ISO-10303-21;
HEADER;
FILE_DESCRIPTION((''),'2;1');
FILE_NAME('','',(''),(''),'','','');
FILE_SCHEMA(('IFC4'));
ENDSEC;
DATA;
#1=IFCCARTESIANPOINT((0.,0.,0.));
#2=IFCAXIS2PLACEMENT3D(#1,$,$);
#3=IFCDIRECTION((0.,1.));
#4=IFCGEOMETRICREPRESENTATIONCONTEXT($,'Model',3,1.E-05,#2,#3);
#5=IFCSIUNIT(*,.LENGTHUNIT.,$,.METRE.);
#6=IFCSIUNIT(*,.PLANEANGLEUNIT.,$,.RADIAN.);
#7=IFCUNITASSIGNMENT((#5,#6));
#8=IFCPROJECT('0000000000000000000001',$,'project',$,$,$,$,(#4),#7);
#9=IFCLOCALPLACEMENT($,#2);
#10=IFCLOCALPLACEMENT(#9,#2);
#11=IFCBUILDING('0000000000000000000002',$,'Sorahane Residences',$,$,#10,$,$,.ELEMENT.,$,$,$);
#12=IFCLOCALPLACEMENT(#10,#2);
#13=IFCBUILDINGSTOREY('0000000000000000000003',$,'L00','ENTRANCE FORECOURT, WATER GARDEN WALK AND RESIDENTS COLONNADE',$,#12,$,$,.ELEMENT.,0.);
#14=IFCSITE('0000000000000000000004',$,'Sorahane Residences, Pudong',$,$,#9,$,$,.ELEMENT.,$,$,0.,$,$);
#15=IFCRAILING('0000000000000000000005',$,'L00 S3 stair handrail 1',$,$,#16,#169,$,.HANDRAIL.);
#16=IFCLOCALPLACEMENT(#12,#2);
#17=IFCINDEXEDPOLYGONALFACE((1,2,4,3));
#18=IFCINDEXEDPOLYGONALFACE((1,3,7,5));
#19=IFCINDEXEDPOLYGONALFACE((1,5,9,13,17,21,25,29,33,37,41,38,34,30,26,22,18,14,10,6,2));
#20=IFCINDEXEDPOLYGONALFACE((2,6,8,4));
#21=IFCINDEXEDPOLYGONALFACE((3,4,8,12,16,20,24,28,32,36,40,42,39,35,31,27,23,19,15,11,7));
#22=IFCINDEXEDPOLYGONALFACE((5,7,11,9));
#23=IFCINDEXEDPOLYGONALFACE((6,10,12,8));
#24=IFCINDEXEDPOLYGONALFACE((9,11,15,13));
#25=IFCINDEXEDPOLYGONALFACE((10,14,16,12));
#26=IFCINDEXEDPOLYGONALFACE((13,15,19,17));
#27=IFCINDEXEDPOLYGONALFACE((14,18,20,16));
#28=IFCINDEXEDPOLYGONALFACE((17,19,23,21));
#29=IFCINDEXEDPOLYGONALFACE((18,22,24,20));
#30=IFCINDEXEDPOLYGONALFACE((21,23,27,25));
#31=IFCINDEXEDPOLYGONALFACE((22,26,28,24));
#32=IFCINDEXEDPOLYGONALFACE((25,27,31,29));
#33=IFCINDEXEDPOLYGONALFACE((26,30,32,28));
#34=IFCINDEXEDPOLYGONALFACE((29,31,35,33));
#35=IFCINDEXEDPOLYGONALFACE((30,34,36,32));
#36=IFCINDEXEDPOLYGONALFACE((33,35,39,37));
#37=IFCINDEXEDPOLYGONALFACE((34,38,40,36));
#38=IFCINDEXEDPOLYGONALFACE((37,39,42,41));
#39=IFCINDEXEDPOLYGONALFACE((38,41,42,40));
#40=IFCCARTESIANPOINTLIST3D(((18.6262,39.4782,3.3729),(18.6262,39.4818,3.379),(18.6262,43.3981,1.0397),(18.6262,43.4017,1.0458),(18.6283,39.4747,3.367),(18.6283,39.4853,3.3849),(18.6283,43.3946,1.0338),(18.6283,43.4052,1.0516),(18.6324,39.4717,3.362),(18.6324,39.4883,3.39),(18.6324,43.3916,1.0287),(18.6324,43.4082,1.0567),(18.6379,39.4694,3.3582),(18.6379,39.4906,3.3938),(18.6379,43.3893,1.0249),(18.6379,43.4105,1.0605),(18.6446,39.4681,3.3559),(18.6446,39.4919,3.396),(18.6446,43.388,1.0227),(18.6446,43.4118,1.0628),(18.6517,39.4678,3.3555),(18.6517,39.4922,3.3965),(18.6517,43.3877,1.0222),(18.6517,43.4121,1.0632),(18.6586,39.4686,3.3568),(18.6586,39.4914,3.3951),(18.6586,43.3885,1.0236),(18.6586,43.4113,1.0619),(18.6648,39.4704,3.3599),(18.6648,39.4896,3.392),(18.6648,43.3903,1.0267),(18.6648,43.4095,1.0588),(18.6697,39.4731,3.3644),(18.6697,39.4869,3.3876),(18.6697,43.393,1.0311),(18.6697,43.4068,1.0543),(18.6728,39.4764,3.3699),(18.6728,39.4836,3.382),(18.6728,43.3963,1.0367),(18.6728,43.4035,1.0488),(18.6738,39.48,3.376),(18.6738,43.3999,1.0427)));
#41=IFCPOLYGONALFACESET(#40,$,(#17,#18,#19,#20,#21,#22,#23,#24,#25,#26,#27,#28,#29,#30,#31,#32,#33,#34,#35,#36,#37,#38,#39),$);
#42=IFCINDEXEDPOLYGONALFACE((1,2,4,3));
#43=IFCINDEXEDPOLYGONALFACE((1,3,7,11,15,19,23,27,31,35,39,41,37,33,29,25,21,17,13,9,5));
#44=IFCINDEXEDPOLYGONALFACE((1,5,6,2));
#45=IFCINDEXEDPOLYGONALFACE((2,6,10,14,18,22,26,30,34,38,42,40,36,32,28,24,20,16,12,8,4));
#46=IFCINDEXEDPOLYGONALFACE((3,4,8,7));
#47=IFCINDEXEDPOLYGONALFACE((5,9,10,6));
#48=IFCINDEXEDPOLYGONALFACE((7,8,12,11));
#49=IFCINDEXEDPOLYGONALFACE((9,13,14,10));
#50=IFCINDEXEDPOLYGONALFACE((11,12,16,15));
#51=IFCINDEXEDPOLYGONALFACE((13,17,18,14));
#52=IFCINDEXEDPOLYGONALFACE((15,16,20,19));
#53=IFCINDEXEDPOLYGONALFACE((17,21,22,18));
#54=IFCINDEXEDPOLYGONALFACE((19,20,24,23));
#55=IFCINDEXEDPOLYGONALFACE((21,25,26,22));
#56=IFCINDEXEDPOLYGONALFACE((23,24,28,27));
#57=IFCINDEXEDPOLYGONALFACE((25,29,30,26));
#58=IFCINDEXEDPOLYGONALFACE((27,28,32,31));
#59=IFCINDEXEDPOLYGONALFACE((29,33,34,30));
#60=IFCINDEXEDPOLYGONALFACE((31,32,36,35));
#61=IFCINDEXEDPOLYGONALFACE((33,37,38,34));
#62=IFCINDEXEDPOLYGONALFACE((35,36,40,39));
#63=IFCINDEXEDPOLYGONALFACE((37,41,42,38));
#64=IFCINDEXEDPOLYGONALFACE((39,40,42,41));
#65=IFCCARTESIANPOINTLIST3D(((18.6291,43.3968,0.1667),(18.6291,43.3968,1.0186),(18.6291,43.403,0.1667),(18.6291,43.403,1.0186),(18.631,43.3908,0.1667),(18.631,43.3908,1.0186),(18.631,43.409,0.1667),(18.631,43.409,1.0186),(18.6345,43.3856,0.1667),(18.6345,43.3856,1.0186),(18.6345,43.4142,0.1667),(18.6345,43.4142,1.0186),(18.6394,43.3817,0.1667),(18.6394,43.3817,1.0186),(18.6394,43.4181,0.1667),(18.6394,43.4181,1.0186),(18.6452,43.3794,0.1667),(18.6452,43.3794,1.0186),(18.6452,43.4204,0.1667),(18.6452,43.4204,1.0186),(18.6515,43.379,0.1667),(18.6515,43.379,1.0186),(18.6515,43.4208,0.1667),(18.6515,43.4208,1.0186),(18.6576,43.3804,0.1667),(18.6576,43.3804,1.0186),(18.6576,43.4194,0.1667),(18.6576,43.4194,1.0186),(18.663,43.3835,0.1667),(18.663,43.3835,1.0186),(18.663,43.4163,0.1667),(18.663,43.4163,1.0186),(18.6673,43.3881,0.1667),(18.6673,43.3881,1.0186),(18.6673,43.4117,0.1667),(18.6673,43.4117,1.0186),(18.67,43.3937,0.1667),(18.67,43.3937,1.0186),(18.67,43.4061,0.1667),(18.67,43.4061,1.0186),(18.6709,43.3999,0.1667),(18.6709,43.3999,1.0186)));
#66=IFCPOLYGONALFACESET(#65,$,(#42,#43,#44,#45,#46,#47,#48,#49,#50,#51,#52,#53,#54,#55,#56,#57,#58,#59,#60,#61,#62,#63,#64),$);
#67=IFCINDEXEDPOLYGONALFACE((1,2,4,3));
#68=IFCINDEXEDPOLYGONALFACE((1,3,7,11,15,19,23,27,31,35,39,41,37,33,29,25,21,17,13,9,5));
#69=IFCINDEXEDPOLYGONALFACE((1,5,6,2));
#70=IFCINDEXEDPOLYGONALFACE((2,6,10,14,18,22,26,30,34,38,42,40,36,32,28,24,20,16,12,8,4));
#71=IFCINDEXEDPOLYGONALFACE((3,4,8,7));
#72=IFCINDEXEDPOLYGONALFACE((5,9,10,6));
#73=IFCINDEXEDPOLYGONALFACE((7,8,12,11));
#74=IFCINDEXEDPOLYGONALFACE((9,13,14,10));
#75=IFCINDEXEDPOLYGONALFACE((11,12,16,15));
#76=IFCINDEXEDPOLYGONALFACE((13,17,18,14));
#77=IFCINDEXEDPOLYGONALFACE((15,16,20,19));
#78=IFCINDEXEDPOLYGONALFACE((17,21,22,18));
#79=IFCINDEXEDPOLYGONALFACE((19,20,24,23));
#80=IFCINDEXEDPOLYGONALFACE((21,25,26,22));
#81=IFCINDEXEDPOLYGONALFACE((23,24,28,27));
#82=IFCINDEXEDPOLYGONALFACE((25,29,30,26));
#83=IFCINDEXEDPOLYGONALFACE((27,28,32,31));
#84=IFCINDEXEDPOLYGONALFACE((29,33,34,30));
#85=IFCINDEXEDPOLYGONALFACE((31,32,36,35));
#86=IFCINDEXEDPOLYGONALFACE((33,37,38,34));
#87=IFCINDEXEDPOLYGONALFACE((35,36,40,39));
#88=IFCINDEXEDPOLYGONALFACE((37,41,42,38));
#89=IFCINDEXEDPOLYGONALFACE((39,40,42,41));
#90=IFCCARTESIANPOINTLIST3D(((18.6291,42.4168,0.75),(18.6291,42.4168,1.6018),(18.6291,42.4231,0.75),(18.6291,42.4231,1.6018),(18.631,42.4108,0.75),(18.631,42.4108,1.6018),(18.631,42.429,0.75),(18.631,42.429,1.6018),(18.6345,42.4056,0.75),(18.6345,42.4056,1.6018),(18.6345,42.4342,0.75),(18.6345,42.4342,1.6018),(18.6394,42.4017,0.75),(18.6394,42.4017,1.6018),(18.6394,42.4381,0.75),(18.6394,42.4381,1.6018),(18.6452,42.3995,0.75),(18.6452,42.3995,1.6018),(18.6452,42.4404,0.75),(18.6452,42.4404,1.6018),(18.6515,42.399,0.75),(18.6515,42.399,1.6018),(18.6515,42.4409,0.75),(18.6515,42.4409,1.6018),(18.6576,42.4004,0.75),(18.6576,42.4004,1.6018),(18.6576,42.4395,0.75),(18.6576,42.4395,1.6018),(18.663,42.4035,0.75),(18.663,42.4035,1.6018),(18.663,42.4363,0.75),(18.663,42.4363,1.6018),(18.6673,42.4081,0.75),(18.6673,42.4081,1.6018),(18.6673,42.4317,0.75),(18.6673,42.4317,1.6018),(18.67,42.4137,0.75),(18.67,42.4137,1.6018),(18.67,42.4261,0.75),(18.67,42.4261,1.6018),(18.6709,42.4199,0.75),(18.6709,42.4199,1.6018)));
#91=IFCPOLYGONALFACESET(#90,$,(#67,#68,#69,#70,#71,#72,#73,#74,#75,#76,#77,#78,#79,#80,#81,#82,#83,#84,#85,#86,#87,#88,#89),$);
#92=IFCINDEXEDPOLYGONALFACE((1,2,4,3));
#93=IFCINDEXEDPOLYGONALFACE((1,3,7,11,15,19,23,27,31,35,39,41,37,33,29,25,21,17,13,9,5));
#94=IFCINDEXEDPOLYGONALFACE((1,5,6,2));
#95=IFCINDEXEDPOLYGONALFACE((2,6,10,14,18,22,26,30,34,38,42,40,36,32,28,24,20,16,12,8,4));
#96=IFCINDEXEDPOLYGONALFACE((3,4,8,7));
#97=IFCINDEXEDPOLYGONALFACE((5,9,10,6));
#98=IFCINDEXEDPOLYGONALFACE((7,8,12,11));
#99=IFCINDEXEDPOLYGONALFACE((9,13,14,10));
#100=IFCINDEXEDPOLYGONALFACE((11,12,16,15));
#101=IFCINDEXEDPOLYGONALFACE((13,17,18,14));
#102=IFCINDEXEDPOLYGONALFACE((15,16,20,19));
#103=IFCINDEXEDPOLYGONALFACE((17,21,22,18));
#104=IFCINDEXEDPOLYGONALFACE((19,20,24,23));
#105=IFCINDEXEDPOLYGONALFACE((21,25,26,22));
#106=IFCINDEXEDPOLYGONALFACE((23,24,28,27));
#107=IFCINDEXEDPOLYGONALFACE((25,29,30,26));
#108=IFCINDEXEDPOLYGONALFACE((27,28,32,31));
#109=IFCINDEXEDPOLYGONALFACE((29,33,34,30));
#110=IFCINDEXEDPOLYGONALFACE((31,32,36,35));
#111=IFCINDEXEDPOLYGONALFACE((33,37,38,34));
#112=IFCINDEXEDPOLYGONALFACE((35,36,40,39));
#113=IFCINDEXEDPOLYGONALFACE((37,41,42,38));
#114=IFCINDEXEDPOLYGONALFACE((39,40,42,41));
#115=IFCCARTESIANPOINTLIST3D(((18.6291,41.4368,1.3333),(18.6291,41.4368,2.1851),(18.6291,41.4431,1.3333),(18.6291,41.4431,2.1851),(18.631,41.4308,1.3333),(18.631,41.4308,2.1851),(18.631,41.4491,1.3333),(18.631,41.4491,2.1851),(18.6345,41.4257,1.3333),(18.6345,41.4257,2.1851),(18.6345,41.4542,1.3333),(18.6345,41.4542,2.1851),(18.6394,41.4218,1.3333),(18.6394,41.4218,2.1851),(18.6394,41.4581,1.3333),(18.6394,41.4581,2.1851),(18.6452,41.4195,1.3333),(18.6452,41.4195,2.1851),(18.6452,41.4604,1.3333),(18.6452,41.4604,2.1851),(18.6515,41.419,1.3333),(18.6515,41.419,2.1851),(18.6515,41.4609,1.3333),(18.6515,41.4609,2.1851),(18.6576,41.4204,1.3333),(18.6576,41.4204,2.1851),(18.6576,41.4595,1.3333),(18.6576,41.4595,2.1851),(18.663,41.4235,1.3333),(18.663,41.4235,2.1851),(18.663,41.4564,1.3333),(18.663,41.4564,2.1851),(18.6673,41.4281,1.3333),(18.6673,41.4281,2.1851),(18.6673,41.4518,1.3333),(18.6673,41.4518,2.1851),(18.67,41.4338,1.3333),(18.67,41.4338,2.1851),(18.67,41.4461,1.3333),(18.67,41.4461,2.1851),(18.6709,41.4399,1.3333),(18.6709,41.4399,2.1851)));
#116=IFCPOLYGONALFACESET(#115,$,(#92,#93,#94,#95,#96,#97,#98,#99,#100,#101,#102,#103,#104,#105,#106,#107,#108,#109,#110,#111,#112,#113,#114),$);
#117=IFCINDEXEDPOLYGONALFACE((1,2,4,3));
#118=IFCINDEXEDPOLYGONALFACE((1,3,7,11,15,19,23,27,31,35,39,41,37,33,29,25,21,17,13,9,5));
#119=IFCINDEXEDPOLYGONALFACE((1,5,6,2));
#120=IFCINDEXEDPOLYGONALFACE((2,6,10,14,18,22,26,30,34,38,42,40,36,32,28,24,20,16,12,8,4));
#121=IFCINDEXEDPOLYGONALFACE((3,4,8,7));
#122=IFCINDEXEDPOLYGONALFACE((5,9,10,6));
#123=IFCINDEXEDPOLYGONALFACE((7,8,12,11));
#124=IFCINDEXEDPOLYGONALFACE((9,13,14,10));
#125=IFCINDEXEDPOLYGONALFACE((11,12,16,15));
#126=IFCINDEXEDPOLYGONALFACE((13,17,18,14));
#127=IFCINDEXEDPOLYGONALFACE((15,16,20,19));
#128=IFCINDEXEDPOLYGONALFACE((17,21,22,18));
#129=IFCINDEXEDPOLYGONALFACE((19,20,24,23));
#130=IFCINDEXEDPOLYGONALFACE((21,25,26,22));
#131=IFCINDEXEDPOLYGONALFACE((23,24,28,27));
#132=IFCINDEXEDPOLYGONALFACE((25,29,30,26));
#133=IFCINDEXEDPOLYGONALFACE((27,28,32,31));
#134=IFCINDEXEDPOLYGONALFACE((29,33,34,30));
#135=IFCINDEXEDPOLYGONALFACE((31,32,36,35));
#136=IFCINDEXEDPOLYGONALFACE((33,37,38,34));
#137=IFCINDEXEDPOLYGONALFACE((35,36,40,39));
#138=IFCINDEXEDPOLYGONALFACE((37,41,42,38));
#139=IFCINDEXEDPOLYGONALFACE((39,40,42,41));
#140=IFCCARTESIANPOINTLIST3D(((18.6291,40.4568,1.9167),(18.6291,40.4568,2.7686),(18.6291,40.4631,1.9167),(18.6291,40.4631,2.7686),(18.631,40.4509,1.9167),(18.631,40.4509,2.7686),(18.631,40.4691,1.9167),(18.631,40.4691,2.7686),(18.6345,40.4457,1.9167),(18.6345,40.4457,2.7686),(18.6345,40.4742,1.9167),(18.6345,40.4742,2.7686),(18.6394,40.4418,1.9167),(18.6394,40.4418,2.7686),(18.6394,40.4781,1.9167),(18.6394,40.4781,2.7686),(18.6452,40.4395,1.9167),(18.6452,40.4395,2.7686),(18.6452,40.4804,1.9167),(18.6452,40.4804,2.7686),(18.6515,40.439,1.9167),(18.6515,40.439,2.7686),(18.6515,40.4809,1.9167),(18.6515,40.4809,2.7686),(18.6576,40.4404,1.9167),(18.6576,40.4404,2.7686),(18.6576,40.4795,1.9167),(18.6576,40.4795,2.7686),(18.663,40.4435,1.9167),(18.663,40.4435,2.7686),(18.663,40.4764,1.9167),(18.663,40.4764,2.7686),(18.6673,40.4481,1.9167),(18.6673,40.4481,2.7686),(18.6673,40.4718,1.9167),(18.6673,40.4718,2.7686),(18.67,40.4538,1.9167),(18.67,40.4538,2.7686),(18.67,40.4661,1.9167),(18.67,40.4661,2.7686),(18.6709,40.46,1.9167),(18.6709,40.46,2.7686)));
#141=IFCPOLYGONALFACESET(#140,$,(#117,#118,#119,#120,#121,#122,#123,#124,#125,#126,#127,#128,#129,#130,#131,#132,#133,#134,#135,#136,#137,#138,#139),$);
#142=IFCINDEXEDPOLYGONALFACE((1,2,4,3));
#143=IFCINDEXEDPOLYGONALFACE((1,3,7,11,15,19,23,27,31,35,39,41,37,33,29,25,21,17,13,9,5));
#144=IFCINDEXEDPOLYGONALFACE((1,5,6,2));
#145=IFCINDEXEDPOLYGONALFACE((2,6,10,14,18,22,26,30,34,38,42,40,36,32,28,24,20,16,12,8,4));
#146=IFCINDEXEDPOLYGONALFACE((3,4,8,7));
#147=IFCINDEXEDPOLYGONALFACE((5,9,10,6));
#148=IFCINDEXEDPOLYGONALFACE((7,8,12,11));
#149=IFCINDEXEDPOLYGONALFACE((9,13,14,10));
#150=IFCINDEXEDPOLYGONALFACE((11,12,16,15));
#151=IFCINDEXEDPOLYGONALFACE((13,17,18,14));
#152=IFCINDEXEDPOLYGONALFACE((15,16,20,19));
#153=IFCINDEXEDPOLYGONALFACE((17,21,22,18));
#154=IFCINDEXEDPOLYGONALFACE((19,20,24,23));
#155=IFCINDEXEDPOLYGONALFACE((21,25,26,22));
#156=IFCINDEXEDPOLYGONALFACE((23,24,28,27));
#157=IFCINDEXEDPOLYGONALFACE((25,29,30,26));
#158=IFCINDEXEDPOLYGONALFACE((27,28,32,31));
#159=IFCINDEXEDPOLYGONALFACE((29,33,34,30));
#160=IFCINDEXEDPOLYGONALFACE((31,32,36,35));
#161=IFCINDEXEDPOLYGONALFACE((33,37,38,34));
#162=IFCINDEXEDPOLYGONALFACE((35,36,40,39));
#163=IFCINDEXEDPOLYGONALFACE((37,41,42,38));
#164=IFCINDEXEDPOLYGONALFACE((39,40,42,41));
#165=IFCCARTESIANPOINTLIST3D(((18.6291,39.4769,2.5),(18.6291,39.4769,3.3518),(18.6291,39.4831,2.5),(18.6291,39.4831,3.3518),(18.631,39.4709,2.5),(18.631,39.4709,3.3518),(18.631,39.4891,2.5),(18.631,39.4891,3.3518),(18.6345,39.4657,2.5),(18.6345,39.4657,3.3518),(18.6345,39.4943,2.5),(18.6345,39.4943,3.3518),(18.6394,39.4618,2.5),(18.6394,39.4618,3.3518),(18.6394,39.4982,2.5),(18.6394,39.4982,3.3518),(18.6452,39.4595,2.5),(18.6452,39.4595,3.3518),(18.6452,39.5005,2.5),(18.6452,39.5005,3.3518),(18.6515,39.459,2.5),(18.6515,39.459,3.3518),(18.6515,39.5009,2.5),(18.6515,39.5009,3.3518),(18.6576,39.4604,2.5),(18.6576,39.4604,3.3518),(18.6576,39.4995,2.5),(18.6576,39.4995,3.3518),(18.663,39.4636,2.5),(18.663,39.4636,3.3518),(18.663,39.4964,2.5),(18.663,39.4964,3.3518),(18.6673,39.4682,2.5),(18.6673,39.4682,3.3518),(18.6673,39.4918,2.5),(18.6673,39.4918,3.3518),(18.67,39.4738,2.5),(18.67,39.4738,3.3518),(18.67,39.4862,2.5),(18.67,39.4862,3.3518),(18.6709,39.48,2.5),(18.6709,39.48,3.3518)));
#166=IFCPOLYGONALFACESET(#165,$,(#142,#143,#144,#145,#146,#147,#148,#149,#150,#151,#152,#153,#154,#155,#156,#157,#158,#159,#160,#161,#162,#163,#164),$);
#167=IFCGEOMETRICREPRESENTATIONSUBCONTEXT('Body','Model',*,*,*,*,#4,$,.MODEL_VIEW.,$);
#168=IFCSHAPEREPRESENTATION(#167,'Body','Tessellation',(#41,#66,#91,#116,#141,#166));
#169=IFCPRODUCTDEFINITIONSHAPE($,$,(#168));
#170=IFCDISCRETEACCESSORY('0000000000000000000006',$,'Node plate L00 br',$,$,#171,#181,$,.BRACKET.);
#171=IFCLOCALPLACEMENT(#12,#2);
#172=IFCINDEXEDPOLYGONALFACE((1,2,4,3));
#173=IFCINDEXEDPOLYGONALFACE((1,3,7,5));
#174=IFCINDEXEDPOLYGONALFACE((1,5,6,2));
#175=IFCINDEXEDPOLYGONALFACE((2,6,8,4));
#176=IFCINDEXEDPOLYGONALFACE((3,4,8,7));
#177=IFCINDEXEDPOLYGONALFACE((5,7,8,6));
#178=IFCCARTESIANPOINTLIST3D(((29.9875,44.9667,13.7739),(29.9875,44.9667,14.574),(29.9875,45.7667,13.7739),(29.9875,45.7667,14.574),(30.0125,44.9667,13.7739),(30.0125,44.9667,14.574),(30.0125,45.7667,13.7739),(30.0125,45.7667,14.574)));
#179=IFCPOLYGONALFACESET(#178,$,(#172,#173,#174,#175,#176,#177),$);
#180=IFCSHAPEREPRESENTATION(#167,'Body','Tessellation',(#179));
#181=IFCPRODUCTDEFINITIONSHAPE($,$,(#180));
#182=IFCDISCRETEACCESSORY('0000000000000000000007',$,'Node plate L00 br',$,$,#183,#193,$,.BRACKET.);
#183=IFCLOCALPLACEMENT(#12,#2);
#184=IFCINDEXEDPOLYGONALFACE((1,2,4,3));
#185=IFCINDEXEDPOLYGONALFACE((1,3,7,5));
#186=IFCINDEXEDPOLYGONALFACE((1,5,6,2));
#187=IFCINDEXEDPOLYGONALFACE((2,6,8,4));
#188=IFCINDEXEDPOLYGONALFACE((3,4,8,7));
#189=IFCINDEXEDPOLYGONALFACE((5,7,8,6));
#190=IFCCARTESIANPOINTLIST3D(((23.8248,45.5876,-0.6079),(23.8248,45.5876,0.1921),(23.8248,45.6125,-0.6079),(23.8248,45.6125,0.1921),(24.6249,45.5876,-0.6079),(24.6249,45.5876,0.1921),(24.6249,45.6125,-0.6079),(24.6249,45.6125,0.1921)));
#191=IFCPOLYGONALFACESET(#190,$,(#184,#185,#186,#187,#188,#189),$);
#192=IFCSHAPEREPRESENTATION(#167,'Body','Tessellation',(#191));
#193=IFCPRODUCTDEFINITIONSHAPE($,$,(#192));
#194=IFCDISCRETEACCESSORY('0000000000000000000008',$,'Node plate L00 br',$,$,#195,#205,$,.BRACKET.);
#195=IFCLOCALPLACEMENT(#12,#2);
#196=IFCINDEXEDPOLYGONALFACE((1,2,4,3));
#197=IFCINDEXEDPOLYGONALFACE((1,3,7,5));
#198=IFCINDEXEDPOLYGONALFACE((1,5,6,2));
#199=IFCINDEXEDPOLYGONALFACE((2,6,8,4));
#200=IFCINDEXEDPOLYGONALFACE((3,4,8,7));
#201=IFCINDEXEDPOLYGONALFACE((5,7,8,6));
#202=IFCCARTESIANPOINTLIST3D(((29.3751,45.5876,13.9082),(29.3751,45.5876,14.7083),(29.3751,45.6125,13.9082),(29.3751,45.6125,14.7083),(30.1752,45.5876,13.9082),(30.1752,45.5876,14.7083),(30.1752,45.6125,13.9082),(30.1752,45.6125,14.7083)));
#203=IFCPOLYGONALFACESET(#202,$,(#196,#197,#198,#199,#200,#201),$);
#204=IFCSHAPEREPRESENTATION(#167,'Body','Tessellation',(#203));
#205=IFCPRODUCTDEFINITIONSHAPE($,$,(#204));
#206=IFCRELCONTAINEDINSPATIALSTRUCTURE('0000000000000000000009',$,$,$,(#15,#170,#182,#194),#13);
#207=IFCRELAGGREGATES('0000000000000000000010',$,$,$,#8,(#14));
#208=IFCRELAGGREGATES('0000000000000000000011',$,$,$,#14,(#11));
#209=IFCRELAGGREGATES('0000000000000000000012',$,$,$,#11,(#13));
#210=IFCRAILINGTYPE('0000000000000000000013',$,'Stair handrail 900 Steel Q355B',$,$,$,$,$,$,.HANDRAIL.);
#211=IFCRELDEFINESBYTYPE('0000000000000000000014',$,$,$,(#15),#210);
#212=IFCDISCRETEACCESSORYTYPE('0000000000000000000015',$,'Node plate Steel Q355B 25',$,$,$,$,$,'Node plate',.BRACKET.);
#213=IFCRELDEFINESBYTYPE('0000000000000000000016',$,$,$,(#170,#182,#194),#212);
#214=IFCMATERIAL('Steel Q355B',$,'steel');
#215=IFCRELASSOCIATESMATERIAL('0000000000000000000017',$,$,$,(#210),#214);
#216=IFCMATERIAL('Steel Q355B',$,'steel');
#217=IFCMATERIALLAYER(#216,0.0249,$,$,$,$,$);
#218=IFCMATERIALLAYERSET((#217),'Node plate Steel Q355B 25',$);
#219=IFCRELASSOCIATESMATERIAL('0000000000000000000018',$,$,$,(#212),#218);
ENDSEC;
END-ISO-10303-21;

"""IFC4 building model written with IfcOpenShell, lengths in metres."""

from ifc_helpers import new_model, si_unit, direction, frame, origin, origin_2d, place, context, subcontext, project, spatial, rectangle, circle, extrude, material, layer, layer_set, type_object, element, save


model = new_model("IFC4")

# Units and contexts
model_context = context("Model", 3, precision=1e-05, world=origin(), true_north=direction((0.0, 1.0)))
body_context = subcontext(model_context, "Body", "Model", "MODEL_VIEW")
ifc_project = project(units=[si_unit("LENGTHUNIT", "METRE"), si_unit("PLANEANGLEUNIT", "RADIAN")], contexts=[model_context])

# Site, building, storey
site_placement = place(None, origin())
site = spatial("IfcSite", under=ifc_project, at=site_placement, Name="Sorahane Residences, Pudong", CompositionType="ELEMENT", RefElevation=0.0)
building_placement = place(site_placement, origin())
building = spatial("IfcBuilding", under=site, at=building_placement, Name="Sorahane Residences", CompositionType="ELEMENT")
storey_placement = place(building_placement, origin())
storey = spatial("IfcBuildingStorey", under=building, at=storey_placement, Name="L00", Description="ENTRANCE FORECOURT, WATER GARDEN WALK AND RESIDENTS COLONNADE", CompositionType="ELEMENT", Elevation=0.0)

# Railing
ifc_material_1 = material(Name="Steel Q355B", Category="steel")
railing_type_1 = type_object("IfcRailingType", Name="Stair handrail 900 Steel Q355B", PredefinedType="HANDRAIL", material=ifc_material_1)
railing_1_placement = place(storey_placement, frame((18.6499, 43.3999, 0.1667)))
element("IfcRailing", 1, at=railing_1_placement, inside=storey, type_object=railing_type_1, Name="L00 S3 stair handrail 1", PredefinedType="HANDRAIL", context=body_context, shape_type="SweptSolid", body=[
    extrude(circle(Radius=0.0239, at=origin_2d()), frame((0.0, 0.0, 0.876), z_axis=(0.0, -0.859296, 0.511478), x_axis=(1.0, 0.0, 0.0)), (0.0, 0.0, 1.0), 4.5618),
    extrude(circle(Radius=0.021, at=origin_2d()), origin(), (0.0, 0.0, 1.0), 0.8518),
    extrude(circle(Radius=0.021, at=origin_2d()), frame((0.0, -0.98, 0.5833)), (0.0, 0.0, 1.0), 0.8518),
    extrude(circle(Radius=0.021, at=origin_2d()), frame((0.0, -1.96, 1.1665)), (0.0, 0.0, 1.0), 0.8518),
    extrude(circle(Radius=0.021, at=origin_2d()), frame((0.0, -2.9399, 1.75)), (0.0, 0.0, 1.0), 0.8518),
    extrude(circle(Radius=0.021, at=origin_2d()), frame((0.0, -3.9199, 2.3333)), (0.0, 0.0, 1.0), 0.8518),
])

# Discrete accessories
ifc_material_2 = material(Name="Steel Q355B", Category="steel")
ifc_layer_1 = layer(ifc_material_2, 0.0249)
ifc_layer_set_1 = layer_set([ifc_layer_1], Name="Node plate Steel Q355B 25")
discrete_accessory_type = type_object("IfcDiscreteAccessoryType", Name="Node plate Steel Q355B 25", ElementType="Node plate", PredefinedType="BRACKET", material=ifc_layer_set_1)
for number, where, z_axis, x_axis, name in (
    (2, (30.0, 45.3667, 13.7739), (0.0, 0.0, 1.0), (0.0, 1.0, 0.0), "Node plate L00 br"),
    (3, (24.2249, 45.6001, -0.6079), (0.0, 0.0, 1.0), (1.0, 0.0, 0.0), "Node plate L00 br"),
    (4, (29.7751, 45.6001, 13.9082), (0.0, 0.0, 1.0), (1.0, 0.0, 0.0), "Node plate L00 br"),
):
    element("IfcDiscreteAccessory", number, at=place(storey_placement, frame(where, z_axis=z_axis, x_axis=x_axis)), inside=storey, type_object=discrete_accessory_type, Name=name, PredefinedType="BRACKET", context=body_context, shape_type="SweptSolid", body=[
        extrude(rectangle(XDim=0.8, YDim=0.0249, at=origin_2d()), origin(), (0.0, 0.0, 1.0), 0.8),
    ])

save(model, "model.ifc")
